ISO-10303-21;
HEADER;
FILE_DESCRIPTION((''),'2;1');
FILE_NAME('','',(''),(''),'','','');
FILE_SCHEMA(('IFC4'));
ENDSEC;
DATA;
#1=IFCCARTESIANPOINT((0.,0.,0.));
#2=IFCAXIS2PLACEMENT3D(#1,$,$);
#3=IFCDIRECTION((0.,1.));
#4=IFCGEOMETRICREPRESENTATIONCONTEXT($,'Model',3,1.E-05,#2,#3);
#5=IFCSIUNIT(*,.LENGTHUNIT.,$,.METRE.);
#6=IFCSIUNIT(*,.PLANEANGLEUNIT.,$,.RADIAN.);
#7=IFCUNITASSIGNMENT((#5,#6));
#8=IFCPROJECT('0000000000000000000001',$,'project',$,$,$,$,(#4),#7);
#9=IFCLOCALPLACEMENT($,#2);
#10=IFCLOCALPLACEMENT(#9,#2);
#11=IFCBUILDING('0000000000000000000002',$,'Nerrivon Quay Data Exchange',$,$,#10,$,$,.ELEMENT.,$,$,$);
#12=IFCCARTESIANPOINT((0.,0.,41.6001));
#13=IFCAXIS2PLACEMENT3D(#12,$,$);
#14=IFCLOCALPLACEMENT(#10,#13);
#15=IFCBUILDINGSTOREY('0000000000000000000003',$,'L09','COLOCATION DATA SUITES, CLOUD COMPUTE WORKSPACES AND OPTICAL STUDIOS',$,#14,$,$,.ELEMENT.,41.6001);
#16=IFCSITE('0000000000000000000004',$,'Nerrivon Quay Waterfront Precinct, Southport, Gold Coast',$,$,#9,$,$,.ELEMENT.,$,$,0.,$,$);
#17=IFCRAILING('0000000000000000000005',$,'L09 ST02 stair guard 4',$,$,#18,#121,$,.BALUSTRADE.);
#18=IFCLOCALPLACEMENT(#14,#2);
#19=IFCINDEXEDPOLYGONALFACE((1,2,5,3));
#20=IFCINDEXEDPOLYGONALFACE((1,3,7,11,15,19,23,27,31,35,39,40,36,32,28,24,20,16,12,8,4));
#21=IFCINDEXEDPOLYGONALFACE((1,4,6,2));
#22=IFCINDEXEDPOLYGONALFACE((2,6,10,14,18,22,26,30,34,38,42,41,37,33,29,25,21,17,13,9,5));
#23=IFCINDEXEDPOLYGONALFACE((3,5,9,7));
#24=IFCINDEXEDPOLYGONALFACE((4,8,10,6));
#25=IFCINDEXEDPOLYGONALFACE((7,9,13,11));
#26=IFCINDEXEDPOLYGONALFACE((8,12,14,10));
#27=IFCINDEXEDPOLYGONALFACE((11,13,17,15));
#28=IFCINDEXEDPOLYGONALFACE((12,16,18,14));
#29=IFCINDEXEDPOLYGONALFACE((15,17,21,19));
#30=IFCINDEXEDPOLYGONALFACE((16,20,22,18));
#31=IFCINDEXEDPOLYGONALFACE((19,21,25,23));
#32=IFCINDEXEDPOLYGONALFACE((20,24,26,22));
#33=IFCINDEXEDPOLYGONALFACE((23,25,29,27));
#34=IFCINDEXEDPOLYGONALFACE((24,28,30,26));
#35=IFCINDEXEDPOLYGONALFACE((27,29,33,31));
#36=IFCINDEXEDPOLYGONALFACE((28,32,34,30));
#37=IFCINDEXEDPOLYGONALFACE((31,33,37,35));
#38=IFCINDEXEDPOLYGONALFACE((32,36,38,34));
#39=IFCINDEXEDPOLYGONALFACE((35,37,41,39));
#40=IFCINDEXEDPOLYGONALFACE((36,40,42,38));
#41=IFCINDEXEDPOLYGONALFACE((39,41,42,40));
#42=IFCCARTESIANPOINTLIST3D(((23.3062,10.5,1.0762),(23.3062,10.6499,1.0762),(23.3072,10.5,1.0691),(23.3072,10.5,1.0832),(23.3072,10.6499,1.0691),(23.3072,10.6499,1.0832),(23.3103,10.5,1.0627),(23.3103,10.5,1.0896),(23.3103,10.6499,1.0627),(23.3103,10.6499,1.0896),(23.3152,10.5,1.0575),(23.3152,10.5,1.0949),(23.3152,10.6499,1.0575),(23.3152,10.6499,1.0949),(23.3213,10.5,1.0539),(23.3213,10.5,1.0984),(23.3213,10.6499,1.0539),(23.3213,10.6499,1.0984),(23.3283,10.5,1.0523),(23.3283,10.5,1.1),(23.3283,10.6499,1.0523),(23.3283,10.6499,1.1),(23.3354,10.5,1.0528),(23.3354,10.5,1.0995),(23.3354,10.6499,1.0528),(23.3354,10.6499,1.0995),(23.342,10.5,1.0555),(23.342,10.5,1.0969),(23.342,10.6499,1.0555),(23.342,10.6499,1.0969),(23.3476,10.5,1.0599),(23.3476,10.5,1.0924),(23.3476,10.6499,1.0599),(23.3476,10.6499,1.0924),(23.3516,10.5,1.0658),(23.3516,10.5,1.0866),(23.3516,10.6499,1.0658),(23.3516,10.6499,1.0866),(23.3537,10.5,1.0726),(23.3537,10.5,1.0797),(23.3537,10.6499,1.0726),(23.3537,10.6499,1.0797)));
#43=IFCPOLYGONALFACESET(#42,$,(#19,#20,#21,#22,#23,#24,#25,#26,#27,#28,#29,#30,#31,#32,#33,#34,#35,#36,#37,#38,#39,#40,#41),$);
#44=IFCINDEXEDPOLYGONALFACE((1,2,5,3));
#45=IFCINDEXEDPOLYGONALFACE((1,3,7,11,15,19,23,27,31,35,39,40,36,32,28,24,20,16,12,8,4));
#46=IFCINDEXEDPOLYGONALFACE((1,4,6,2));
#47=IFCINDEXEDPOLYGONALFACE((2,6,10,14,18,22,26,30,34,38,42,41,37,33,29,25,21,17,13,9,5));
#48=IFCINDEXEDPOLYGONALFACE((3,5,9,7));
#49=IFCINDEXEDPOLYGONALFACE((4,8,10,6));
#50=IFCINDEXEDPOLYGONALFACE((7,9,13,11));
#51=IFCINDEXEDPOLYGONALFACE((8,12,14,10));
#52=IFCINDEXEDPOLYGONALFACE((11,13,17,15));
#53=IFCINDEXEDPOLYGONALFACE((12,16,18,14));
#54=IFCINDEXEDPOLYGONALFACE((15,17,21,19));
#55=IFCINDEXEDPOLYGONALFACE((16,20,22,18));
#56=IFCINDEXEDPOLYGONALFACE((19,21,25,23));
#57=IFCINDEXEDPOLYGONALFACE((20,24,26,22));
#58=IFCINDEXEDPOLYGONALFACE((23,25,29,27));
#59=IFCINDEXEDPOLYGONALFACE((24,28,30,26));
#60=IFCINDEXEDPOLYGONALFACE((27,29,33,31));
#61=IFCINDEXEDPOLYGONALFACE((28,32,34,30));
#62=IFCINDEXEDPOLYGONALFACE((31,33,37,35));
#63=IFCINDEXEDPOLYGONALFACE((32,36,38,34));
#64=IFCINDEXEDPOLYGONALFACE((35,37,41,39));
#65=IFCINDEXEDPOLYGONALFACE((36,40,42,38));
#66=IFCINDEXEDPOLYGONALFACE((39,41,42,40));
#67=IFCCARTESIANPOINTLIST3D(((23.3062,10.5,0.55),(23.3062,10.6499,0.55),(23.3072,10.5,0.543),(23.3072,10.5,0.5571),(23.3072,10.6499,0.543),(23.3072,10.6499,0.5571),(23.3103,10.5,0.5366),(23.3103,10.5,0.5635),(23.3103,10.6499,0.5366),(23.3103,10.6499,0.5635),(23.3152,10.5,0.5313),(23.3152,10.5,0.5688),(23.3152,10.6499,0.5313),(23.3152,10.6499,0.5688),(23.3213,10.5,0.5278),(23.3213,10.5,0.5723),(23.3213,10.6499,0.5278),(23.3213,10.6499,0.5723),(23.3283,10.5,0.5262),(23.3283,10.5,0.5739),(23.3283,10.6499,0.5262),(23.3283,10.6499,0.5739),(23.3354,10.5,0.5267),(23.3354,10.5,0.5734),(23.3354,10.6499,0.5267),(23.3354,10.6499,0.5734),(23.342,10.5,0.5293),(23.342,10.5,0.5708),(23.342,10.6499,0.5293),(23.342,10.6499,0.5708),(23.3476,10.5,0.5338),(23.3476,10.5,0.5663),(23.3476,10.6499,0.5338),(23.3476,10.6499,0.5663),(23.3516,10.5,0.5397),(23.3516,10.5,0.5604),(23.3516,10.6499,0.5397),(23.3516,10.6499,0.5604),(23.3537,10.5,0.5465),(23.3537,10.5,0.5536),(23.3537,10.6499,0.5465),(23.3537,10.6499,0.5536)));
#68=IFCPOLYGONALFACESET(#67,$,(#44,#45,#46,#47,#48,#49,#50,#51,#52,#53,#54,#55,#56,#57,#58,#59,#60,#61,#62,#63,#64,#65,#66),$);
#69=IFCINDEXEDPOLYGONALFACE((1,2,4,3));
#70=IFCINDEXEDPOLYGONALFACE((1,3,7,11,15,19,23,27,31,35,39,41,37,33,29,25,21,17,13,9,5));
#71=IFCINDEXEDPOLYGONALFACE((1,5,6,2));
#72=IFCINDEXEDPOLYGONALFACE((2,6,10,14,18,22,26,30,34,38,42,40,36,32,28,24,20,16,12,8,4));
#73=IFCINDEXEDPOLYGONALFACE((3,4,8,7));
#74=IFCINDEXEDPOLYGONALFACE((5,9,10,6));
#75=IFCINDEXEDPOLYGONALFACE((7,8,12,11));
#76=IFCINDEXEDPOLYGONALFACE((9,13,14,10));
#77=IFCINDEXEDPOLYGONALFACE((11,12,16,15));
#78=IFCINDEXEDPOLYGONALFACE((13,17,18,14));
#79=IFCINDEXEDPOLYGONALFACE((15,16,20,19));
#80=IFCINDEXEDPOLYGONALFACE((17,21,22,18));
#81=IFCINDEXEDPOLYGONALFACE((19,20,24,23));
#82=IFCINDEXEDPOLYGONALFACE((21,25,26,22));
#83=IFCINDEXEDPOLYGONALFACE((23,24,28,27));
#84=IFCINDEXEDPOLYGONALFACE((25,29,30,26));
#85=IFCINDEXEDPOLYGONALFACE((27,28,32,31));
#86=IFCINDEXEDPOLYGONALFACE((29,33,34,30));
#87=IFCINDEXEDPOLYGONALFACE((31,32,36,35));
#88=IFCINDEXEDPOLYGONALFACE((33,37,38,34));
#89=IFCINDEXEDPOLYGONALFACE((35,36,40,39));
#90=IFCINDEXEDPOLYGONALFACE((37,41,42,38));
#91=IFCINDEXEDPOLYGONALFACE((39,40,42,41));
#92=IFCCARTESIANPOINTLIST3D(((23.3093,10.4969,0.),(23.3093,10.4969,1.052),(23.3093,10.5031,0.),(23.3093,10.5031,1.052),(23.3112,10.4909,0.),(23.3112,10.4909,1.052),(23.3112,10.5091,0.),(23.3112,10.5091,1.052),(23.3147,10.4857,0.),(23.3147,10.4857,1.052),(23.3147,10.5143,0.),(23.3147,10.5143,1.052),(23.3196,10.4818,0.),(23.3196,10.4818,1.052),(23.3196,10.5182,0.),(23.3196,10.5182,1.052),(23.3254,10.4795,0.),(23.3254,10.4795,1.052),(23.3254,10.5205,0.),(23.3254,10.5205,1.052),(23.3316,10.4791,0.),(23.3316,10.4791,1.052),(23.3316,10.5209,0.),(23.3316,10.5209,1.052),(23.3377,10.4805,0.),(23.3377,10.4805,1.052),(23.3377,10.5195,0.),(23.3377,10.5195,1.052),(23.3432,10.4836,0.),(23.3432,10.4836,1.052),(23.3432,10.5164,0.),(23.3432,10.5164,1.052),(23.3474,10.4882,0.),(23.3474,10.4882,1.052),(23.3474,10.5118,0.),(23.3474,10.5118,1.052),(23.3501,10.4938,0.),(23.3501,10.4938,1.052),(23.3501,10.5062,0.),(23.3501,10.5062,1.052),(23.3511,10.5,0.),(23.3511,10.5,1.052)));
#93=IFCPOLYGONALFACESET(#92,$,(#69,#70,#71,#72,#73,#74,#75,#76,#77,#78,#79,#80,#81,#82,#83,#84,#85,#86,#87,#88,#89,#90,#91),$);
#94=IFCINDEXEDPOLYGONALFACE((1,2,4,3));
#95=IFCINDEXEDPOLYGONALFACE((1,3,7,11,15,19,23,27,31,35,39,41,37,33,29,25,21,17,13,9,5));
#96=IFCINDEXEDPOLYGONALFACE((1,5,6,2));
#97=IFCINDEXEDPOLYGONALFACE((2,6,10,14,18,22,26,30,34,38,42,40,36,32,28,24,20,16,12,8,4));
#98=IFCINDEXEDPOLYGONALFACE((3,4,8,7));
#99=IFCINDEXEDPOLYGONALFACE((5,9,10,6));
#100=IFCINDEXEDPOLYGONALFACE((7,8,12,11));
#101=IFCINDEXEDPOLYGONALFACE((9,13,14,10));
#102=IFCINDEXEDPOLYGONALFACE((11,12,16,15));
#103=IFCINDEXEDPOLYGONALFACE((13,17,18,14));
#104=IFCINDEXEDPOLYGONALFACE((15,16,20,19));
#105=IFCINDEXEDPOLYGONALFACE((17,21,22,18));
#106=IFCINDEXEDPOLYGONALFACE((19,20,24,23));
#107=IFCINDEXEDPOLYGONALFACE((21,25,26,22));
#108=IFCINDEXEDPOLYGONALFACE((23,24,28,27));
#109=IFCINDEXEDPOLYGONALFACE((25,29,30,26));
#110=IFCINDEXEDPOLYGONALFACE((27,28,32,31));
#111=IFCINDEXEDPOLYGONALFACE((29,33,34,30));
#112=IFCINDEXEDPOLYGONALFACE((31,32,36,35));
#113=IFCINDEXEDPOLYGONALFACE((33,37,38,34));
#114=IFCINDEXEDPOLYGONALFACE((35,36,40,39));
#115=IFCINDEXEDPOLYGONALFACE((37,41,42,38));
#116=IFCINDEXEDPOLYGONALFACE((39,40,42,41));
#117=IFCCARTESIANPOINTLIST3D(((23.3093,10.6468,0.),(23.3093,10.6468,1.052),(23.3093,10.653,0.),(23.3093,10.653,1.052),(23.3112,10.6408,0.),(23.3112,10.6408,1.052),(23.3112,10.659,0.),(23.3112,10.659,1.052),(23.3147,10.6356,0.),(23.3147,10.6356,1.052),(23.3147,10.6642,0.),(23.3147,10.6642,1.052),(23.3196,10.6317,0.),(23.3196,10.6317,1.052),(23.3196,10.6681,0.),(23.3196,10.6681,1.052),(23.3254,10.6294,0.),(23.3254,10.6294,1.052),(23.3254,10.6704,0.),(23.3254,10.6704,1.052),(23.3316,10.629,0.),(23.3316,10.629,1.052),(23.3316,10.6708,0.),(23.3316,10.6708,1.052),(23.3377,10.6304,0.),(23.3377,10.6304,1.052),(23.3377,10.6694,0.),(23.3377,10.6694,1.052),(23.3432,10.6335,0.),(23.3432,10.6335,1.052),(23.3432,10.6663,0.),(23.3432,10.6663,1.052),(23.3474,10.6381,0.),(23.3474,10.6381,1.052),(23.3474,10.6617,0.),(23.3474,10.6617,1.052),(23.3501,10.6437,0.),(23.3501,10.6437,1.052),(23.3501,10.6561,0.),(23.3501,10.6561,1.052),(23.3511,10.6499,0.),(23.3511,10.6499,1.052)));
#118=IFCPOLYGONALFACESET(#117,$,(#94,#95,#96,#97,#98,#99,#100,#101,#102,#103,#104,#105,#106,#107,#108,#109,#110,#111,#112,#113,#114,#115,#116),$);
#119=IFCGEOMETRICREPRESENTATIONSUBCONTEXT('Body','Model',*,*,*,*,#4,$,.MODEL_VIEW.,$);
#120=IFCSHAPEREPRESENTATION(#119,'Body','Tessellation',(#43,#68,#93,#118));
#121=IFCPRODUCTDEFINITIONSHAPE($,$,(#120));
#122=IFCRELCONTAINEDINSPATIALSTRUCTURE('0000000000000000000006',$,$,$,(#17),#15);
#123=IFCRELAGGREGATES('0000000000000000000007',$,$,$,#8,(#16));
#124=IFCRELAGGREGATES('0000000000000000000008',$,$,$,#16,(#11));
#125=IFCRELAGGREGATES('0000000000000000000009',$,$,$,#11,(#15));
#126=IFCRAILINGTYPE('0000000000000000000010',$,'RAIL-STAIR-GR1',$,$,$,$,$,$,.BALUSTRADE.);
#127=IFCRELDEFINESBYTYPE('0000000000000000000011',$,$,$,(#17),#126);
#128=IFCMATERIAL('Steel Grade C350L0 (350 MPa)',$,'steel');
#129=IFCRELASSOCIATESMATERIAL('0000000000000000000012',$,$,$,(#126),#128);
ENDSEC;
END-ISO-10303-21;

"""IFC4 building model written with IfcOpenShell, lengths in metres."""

from ifc_helpers import new_model, si_unit, direction, frame, origin, origin_2d, place, context, subcontext, project, spatial, circle, extrude, material, type_object, element, save


model = new_model("IFC4")

# Units and contexts
model_context = context("Model", 3, precision=1e-05, world=origin(), true_north=direction((0.0, 1.0)))
body_context = subcontext(model_context, "Body", "Model", "MODEL_VIEW")
ifc_project = project(units=[si_unit("LENGTHUNIT", "METRE"), si_unit("PLANEANGLEUNIT", "RADIAN")], contexts=[model_context])

# Site, building, storey
site_placement = place(None, origin())
site = spatial("IfcSite", under=ifc_project, at=site_placement, Name="Nerrivon Quay Waterfront Precinct, Southport, Gold Coast", CompositionType="ELEMENT", RefElevation=0.0)
building_placement = place(site_placement, origin())
building = spatial("IfcBuilding", under=site, at=building_placement, Name="Nerrivon Quay Data Exchange", CompositionType="ELEMENT")
storey_placement = place(building_placement, frame((0.0, 0.0, 41.6001)))
storey = spatial("IfcBuildingStorey", under=building, at=storey_placement, Name="L09", Description="COLOCATION DATA SUITES, CLOUD COMPUTE WORKSPACES AND OPTICAL STUDIOS", CompositionType="ELEMENT", Elevation=41.6001)

# Railing
ifc_material_1 = material(Name="Steel Grade C350L0 (350 MPa)", Category="steel")
railing_type_1 = type_object("IfcRailingType", Name="RAIL-STAIR-GR1", PredefinedType="BALUSTRADE", material=ifc_material_1)
railing_1_placement = place(storey_placement, frame((23.3301, 10.5, 0.0)))
element("IfcRailing", 1, at=railing_1_placement, inside=storey, type_object=railing_type_1, Name="L09 ST02 stair guard 4", PredefinedType="BALUSTRADE", context=body_context, shape_type="SweptSolid", body=[
    extrude(circle(Radius=0.0239, at=origin_2d()), frame((0.0, 0.0, 1.0762), z_axis=(0.0, 1.0, 0.0), x_axis=(-1.0, 0.0, 0.0)), (0.0, 0.0, 1.0), 0.1499),
    extrude(circle(Radius=0.0239, at=origin_2d()), frame((0.0, 0.0, 0.55), z_axis=(0.0, 1.0, 0.0), x_axis=(-1.0, 0.0, 0.0)), (0.0, 0.0, 1.0), 0.1499),
    extrude(circle(Radius=0.021, at=origin_2d()), origin(), (0.0, 0.0, 1.0), 1.052),
    extrude(circle(Radius=0.021, at=origin_2d()), frame((0.0, 0.1499, 0.0)), (0.0, 0.0, 1.0), 1.052),
])

save(model, "model.ifc")
